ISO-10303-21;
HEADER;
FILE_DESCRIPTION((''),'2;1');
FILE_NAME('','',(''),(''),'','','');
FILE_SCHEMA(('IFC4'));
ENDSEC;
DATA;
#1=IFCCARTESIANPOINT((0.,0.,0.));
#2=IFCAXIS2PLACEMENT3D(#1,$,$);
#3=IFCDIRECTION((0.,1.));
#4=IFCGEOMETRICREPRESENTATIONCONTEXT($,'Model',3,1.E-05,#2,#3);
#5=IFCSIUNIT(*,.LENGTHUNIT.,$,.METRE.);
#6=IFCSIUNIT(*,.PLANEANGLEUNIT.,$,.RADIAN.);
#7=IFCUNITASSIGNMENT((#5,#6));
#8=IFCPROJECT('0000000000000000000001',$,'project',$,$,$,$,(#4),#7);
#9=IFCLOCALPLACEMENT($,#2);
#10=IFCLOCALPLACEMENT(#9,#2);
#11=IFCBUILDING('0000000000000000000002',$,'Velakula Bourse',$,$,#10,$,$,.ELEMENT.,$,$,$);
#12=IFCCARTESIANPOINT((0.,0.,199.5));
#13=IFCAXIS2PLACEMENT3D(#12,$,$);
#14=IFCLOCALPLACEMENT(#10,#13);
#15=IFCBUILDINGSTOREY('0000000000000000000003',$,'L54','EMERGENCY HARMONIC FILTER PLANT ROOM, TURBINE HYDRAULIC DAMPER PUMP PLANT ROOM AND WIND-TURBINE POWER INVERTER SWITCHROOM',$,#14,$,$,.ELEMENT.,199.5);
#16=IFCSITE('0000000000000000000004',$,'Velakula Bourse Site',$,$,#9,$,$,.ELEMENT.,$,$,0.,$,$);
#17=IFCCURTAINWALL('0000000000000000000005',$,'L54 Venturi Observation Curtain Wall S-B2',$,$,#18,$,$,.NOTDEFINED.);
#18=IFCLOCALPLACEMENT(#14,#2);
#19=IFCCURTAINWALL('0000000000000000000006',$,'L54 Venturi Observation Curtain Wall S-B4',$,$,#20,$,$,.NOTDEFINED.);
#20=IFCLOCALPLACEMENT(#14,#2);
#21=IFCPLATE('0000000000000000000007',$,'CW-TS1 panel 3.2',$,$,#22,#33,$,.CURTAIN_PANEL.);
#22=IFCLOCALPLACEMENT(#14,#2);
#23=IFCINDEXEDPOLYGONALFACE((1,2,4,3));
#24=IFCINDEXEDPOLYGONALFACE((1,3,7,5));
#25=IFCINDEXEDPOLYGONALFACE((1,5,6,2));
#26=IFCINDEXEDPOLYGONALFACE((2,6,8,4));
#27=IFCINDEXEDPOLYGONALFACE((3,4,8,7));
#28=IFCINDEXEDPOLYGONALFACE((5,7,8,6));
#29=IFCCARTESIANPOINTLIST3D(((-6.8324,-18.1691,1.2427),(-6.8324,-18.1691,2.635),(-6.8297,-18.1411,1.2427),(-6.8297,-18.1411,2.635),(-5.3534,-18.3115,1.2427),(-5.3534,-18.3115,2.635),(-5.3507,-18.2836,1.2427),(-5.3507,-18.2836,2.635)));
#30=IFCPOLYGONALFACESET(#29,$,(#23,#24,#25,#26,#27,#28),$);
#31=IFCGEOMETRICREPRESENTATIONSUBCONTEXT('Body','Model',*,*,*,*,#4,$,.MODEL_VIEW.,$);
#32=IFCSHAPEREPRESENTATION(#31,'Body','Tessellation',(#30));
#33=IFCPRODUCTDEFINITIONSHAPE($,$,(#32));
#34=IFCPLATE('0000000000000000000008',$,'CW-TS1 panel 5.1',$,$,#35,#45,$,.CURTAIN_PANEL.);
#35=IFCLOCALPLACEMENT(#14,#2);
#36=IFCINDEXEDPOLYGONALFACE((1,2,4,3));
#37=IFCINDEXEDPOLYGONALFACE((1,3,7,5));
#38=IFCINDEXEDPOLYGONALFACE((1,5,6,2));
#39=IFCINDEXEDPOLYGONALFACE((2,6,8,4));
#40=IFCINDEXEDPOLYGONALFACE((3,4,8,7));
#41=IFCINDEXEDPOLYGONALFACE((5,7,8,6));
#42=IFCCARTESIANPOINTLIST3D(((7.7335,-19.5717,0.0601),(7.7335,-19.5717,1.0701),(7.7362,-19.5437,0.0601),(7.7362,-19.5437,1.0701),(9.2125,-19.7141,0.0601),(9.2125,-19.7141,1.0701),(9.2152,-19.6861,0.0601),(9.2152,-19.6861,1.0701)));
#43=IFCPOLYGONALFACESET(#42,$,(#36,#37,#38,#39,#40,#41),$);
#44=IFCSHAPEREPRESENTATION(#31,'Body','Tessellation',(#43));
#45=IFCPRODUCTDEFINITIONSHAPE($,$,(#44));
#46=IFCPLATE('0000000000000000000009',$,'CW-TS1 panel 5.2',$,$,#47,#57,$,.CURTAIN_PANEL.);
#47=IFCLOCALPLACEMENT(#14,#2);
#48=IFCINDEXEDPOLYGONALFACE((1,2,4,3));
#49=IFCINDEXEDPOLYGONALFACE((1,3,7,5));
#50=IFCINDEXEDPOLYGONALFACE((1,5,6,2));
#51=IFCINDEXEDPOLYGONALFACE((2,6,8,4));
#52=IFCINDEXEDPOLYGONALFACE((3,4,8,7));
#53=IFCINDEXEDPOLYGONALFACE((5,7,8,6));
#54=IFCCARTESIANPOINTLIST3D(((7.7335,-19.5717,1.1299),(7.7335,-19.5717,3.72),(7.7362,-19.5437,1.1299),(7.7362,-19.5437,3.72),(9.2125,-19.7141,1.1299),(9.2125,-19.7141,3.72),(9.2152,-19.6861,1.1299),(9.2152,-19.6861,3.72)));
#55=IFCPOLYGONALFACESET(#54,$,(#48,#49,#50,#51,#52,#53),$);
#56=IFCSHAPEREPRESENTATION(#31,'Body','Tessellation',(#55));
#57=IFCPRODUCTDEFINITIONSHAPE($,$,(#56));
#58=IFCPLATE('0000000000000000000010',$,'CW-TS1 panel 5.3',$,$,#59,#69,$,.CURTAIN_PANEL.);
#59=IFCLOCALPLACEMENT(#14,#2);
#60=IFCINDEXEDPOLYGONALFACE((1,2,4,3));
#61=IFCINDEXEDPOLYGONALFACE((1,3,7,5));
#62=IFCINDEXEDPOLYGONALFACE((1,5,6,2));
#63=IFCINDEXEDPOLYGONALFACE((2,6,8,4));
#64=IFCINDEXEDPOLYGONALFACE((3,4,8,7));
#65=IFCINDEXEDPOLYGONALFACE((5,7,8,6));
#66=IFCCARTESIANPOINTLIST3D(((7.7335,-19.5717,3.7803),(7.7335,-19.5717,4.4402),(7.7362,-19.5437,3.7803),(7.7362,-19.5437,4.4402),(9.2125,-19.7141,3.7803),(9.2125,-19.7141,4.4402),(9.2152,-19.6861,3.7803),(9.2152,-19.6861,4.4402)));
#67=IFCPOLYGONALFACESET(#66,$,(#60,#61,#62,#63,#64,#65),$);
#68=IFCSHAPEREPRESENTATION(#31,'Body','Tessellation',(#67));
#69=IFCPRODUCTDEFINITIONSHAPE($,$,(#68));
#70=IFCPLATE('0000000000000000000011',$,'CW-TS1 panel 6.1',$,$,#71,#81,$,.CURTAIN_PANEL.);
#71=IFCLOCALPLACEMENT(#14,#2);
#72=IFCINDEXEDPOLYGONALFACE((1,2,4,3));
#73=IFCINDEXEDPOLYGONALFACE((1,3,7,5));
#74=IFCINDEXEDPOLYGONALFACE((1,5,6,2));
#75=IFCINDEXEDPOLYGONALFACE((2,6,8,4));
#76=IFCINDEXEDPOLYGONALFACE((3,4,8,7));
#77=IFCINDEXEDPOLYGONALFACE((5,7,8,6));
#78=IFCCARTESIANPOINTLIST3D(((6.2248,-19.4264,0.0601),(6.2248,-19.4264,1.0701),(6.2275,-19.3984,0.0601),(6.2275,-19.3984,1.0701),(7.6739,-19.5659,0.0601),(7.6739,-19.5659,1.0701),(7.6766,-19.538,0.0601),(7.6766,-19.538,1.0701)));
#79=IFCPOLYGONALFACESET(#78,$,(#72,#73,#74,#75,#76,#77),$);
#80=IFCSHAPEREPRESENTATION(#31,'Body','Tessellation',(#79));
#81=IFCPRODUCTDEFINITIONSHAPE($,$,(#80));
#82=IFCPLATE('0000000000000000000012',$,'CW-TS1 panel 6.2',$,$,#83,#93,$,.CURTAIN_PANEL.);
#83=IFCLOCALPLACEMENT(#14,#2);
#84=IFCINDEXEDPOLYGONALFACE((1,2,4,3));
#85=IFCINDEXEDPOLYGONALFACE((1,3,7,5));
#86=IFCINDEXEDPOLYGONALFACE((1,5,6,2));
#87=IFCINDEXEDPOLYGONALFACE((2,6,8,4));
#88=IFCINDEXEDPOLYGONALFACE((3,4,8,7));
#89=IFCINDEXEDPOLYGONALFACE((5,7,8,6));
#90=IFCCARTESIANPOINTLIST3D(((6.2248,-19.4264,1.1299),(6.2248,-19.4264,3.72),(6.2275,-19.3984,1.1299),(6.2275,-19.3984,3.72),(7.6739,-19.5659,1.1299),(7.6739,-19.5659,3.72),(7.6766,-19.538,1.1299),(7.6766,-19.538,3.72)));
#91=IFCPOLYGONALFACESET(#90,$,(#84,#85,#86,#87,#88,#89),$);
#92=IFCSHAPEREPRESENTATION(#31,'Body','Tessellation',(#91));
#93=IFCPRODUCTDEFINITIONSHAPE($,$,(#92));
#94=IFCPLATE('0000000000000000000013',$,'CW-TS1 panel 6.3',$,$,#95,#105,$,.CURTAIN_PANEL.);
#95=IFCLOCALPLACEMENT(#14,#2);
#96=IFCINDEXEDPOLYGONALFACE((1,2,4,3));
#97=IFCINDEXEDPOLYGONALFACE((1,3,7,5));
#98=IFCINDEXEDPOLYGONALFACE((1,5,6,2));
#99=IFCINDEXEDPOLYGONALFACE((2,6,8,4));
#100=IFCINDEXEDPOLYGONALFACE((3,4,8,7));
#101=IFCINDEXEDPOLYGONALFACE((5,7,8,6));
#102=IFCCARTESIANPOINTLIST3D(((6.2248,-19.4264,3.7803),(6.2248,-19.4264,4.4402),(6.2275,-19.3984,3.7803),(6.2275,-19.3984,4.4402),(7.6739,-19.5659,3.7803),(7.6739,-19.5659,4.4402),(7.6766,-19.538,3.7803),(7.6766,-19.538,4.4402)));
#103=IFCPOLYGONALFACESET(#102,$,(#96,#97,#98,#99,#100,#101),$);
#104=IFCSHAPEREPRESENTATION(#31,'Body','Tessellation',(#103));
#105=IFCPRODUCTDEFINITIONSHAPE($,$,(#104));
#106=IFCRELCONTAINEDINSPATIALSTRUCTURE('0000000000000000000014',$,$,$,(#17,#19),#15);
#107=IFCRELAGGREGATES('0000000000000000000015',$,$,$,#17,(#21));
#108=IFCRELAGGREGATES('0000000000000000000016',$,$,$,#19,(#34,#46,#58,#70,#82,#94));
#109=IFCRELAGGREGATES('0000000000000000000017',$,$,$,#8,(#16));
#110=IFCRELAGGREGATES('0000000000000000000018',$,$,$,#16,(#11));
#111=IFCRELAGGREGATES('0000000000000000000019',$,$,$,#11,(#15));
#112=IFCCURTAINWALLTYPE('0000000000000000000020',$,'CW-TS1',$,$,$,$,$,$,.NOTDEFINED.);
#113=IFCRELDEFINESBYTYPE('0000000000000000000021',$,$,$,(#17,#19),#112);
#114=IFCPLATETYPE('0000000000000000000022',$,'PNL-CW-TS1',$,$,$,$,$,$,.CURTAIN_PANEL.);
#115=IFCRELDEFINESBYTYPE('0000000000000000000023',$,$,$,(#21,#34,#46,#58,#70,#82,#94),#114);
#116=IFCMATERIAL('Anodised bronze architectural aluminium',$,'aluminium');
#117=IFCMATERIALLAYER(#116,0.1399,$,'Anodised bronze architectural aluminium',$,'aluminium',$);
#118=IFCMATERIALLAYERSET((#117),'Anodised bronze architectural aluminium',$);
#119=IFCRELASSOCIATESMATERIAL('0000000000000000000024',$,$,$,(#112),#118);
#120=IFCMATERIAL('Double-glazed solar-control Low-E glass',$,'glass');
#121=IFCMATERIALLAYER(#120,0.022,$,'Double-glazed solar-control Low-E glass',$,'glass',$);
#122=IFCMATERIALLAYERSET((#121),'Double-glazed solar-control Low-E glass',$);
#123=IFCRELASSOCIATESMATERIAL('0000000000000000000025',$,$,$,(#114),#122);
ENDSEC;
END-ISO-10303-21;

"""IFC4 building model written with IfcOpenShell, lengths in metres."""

from ifc_helpers import new_model, si_unit, direction, frame, origin, origin_2d, place, context, subcontext, project, spatial, rectangle, extrude, material, layer, layer_set, type_object, element, aggregate, save


model = new_model("IFC4")

# Units and contexts
model_context = context("Model", 3, precision=1e-05, world=origin(), true_north=direction((0.0, 1.0)))
body_context = subcontext(model_context, "Body", "Model", "MODEL_VIEW")
ifc_project = project(units=[si_unit("LENGTHUNIT", "METRE"), si_unit("PLANEANGLEUNIT", "RADIAN")], contexts=[model_context])

# Site, building, storey
site_placement = place(None, origin())
site = spatial("IfcSite", under=ifc_project, at=site_placement, Name="Velakula Bourse Site", CompositionType="ELEMENT", RefElevation=0.0)
building_placement = place(site_placement, origin())
building = spatial("IfcBuilding", under=site, at=building_placement, Name="Velakula Bourse", CompositionType="ELEMENT")
storey_placement = place(building_placement, frame((0.0, 0.0, 199.5)))
storey = spatial("IfcBuildingStorey", under=building, at=storey_placement, Name="L54", Description="EMERGENCY HARMONIC FILTER PLANT ROOM, TURBINE HYDRAULIC DAMPER PUMP PLANT ROOM AND WIND-TURBINE POWER INVERTER SWITCHROOM", CompositionType="ELEMENT", Elevation=199.5)

# Curtain walls
ifc_material_1 = material(Name="Anodised bronze architectural aluminium", Category="aluminium")
ifc_layer_1 = layer(ifc_material_1, 0.1399, Name="Anodised bronze architectural aluminium", Category="aluminium")
ifc_layer_set_1 = layer_set([ifc_layer_1], Name="Anodised bronze architectural aluminium")
curtain_wall_type = type_object("IfcCurtainWallType", Name="CW-TS1", PredefinedType="NOTDEFINED", material=ifc_layer_set_1)
curtain_wall_1_placement = place(storey_placement, origin())
curtain_wall_1 = element("IfcCurtainWall", 1, at=curtain_wall_1_placement, inside=storey, type_object=curtain_wall_type, Name="L54 Venturi Observation Curtain Wall S-B2", PredefinedType="NOTDEFINED")
curtain_wall_2_placement = place(storey_placement, origin())
curtain_wall_2 = element("IfcCurtainWall", 2, at=curtain_wall_2_placement, inside=storey, type_object=curtain_wall_type, Name="L54 Venturi Observation Curtain Wall S-B4", PredefinedType="NOTDEFINED")

# Plates
ifc_material_2 = material(Name="Double-glazed solar-control Low-E glass", Category="glass")
ifc_layer_2 = layer(ifc_material_2, 0.022, Name="Double-glazed solar-control Low-E glass", Category="glass")
ifc_layer_set_2 = layer_set([ifc_layer_2], Name="Double-glazed solar-control Low-E glass")
plate_type = type_object("IfcPlateType", Name="PNL-CW-TS1", PredefinedType="CURTAIN_PANEL", material=ifc_layer_set_2)
plate_1_placement = place(storey_placement, frame((-6.0916, -18.2263, 1.2427), z_axis=(0.0, 0.0, 1.0), x_axis=(-0.995396, 0.095849, 0.0)))
plate_1 = element("IfcPlate", 3, at=plate_1_placement, type_object=plate_type, Name="CW-TS1 panel 3.2", PredefinedType="CURTAIN_PANEL", context=body_context, shape_type="SweptSolid", body=[
    extrude(rectangle(XDim=1.4858, YDim=0.0281, at=origin_2d()), origin(), (0.0, 0.0, 1.0), 1.3923),
])
aggregate(curtain_wall_1, [plate_1])
plate_2_placement = place(storey_placement, frame((8.4744, -19.6289, 0.0601), z_axis=(0.0, 0.0, 1.0), x_axis=(-0.995396, 0.095849, 0.0)))
plate_2 = element("IfcPlate", 4, at=plate_2_placement, type_object=plate_type, Name="CW-TS1 panel 5.1", PredefinedType="CURTAIN_PANEL", context=body_context, shape_type="SweptSolid", body=[
    extrude(rectangle(XDim=1.4858, YDim=0.0281, at=origin_2d()), origin(), (0.0, 0.0, 1.0), 1.01),
])
plate_3_placement = place(storey_placement, frame((8.4744, -19.6289, 1.1299), z_axis=(0.0, 0.0, 1.0), x_axis=(-0.995396, 0.095849, 0.0)))
plate_3 = element("IfcPlate", 5, at=plate_3_placement, type_object=plate_type, Name="CW-TS1 panel 5.2", PredefinedType="CURTAIN_PANEL", context=body_context, shape_type="SweptSolid", body=[
    extrude(rectangle(XDim=1.4858, YDim=0.0281, at=origin_2d()), origin(), (0.0, 0.0, 1.0), 2.5901),
])
plate_4_placement = place(storey_placement, frame((8.4744, -19.6289, 3.7803), z_axis=(0.0, 0.0, 1.0), x_axis=(-0.995396, 0.095849, 0.0)))
plate_4 = element("IfcPlate", 6, at=plate_4_placement, type_object=plate_type, Name="CW-TS1 panel 5.3", PredefinedType="CURTAIN_PANEL", context=body_context, shape_type="SweptSolid", body=[
    extrude(rectangle(XDim=1.4858, YDim=0.0281, at=origin_2d()), origin(), (0.0, 0.0, 1.0), 0.6599),
])
plate_5_placement = place(storey_placement, frame((6.9507, -19.4822, 0.0601), z_axis=(0.0, 0.0, 1.0), x_axis=(-0.995396, 0.095849, 0.0)))
plate_5 = element("IfcPlate", 7, at=plate_5_placement, type_object=plate_type, Name="CW-TS1 panel 6.1", PredefinedType="CURTAIN_PANEL", context=body_context, shape_type="SweptSolid", body=[
    extrude(rectangle(XDim=1.4558, YDim=0.0281, at=origin_2d()), origin(), (0.0, 0.0, 1.0), 1.01),
])
plate_6_placement = place(storey_placement, frame((6.9507, -19.4822, 1.1299), z_axis=(0.0, 0.0, 1.0), x_axis=(-0.995396, 0.095849, 0.0)))
plate_6 = element("IfcPlate", 8, at=plate_6_placement, type_object=plate_type, Name="CW-TS1 panel 6.2", PredefinedType="CURTAIN_PANEL", context=body_context, shape_type="SweptSolid", body=[
    extrude(rectangle(XDim=1.4558, YDim=0.0281, at=origin_2d()), origin(), (0.0, 0.0, 1.0), 2.5901),
])
plate_7_placement = place(storey_placement, frame((6.9507, -19.4822, 3.7803), z_axis=(0.0, 0.0, 1.0), x_axis=(-0.995396, 0.095849, 0.0)))
plate_7 = element("IfcPlate", 9, at=plate_7_placement, type_object=plate_type, Name="CW-TS1 panel 6.3", PredefinedType="CURTAIN_PANEL", context=body_context, shape_type="SweptSolid", body=[
    extrude(rectangle(XDim=1.4558, YDim=0.0281, at=origin_2d()), origin(), (0.0, 0.0, 1.0), 0.6599),
])
aggregate(curtain_wall_2, [plate_2, plate_3, plate_4, plate_5, plate_6, plate_7])

save(model, "model.ifc")
